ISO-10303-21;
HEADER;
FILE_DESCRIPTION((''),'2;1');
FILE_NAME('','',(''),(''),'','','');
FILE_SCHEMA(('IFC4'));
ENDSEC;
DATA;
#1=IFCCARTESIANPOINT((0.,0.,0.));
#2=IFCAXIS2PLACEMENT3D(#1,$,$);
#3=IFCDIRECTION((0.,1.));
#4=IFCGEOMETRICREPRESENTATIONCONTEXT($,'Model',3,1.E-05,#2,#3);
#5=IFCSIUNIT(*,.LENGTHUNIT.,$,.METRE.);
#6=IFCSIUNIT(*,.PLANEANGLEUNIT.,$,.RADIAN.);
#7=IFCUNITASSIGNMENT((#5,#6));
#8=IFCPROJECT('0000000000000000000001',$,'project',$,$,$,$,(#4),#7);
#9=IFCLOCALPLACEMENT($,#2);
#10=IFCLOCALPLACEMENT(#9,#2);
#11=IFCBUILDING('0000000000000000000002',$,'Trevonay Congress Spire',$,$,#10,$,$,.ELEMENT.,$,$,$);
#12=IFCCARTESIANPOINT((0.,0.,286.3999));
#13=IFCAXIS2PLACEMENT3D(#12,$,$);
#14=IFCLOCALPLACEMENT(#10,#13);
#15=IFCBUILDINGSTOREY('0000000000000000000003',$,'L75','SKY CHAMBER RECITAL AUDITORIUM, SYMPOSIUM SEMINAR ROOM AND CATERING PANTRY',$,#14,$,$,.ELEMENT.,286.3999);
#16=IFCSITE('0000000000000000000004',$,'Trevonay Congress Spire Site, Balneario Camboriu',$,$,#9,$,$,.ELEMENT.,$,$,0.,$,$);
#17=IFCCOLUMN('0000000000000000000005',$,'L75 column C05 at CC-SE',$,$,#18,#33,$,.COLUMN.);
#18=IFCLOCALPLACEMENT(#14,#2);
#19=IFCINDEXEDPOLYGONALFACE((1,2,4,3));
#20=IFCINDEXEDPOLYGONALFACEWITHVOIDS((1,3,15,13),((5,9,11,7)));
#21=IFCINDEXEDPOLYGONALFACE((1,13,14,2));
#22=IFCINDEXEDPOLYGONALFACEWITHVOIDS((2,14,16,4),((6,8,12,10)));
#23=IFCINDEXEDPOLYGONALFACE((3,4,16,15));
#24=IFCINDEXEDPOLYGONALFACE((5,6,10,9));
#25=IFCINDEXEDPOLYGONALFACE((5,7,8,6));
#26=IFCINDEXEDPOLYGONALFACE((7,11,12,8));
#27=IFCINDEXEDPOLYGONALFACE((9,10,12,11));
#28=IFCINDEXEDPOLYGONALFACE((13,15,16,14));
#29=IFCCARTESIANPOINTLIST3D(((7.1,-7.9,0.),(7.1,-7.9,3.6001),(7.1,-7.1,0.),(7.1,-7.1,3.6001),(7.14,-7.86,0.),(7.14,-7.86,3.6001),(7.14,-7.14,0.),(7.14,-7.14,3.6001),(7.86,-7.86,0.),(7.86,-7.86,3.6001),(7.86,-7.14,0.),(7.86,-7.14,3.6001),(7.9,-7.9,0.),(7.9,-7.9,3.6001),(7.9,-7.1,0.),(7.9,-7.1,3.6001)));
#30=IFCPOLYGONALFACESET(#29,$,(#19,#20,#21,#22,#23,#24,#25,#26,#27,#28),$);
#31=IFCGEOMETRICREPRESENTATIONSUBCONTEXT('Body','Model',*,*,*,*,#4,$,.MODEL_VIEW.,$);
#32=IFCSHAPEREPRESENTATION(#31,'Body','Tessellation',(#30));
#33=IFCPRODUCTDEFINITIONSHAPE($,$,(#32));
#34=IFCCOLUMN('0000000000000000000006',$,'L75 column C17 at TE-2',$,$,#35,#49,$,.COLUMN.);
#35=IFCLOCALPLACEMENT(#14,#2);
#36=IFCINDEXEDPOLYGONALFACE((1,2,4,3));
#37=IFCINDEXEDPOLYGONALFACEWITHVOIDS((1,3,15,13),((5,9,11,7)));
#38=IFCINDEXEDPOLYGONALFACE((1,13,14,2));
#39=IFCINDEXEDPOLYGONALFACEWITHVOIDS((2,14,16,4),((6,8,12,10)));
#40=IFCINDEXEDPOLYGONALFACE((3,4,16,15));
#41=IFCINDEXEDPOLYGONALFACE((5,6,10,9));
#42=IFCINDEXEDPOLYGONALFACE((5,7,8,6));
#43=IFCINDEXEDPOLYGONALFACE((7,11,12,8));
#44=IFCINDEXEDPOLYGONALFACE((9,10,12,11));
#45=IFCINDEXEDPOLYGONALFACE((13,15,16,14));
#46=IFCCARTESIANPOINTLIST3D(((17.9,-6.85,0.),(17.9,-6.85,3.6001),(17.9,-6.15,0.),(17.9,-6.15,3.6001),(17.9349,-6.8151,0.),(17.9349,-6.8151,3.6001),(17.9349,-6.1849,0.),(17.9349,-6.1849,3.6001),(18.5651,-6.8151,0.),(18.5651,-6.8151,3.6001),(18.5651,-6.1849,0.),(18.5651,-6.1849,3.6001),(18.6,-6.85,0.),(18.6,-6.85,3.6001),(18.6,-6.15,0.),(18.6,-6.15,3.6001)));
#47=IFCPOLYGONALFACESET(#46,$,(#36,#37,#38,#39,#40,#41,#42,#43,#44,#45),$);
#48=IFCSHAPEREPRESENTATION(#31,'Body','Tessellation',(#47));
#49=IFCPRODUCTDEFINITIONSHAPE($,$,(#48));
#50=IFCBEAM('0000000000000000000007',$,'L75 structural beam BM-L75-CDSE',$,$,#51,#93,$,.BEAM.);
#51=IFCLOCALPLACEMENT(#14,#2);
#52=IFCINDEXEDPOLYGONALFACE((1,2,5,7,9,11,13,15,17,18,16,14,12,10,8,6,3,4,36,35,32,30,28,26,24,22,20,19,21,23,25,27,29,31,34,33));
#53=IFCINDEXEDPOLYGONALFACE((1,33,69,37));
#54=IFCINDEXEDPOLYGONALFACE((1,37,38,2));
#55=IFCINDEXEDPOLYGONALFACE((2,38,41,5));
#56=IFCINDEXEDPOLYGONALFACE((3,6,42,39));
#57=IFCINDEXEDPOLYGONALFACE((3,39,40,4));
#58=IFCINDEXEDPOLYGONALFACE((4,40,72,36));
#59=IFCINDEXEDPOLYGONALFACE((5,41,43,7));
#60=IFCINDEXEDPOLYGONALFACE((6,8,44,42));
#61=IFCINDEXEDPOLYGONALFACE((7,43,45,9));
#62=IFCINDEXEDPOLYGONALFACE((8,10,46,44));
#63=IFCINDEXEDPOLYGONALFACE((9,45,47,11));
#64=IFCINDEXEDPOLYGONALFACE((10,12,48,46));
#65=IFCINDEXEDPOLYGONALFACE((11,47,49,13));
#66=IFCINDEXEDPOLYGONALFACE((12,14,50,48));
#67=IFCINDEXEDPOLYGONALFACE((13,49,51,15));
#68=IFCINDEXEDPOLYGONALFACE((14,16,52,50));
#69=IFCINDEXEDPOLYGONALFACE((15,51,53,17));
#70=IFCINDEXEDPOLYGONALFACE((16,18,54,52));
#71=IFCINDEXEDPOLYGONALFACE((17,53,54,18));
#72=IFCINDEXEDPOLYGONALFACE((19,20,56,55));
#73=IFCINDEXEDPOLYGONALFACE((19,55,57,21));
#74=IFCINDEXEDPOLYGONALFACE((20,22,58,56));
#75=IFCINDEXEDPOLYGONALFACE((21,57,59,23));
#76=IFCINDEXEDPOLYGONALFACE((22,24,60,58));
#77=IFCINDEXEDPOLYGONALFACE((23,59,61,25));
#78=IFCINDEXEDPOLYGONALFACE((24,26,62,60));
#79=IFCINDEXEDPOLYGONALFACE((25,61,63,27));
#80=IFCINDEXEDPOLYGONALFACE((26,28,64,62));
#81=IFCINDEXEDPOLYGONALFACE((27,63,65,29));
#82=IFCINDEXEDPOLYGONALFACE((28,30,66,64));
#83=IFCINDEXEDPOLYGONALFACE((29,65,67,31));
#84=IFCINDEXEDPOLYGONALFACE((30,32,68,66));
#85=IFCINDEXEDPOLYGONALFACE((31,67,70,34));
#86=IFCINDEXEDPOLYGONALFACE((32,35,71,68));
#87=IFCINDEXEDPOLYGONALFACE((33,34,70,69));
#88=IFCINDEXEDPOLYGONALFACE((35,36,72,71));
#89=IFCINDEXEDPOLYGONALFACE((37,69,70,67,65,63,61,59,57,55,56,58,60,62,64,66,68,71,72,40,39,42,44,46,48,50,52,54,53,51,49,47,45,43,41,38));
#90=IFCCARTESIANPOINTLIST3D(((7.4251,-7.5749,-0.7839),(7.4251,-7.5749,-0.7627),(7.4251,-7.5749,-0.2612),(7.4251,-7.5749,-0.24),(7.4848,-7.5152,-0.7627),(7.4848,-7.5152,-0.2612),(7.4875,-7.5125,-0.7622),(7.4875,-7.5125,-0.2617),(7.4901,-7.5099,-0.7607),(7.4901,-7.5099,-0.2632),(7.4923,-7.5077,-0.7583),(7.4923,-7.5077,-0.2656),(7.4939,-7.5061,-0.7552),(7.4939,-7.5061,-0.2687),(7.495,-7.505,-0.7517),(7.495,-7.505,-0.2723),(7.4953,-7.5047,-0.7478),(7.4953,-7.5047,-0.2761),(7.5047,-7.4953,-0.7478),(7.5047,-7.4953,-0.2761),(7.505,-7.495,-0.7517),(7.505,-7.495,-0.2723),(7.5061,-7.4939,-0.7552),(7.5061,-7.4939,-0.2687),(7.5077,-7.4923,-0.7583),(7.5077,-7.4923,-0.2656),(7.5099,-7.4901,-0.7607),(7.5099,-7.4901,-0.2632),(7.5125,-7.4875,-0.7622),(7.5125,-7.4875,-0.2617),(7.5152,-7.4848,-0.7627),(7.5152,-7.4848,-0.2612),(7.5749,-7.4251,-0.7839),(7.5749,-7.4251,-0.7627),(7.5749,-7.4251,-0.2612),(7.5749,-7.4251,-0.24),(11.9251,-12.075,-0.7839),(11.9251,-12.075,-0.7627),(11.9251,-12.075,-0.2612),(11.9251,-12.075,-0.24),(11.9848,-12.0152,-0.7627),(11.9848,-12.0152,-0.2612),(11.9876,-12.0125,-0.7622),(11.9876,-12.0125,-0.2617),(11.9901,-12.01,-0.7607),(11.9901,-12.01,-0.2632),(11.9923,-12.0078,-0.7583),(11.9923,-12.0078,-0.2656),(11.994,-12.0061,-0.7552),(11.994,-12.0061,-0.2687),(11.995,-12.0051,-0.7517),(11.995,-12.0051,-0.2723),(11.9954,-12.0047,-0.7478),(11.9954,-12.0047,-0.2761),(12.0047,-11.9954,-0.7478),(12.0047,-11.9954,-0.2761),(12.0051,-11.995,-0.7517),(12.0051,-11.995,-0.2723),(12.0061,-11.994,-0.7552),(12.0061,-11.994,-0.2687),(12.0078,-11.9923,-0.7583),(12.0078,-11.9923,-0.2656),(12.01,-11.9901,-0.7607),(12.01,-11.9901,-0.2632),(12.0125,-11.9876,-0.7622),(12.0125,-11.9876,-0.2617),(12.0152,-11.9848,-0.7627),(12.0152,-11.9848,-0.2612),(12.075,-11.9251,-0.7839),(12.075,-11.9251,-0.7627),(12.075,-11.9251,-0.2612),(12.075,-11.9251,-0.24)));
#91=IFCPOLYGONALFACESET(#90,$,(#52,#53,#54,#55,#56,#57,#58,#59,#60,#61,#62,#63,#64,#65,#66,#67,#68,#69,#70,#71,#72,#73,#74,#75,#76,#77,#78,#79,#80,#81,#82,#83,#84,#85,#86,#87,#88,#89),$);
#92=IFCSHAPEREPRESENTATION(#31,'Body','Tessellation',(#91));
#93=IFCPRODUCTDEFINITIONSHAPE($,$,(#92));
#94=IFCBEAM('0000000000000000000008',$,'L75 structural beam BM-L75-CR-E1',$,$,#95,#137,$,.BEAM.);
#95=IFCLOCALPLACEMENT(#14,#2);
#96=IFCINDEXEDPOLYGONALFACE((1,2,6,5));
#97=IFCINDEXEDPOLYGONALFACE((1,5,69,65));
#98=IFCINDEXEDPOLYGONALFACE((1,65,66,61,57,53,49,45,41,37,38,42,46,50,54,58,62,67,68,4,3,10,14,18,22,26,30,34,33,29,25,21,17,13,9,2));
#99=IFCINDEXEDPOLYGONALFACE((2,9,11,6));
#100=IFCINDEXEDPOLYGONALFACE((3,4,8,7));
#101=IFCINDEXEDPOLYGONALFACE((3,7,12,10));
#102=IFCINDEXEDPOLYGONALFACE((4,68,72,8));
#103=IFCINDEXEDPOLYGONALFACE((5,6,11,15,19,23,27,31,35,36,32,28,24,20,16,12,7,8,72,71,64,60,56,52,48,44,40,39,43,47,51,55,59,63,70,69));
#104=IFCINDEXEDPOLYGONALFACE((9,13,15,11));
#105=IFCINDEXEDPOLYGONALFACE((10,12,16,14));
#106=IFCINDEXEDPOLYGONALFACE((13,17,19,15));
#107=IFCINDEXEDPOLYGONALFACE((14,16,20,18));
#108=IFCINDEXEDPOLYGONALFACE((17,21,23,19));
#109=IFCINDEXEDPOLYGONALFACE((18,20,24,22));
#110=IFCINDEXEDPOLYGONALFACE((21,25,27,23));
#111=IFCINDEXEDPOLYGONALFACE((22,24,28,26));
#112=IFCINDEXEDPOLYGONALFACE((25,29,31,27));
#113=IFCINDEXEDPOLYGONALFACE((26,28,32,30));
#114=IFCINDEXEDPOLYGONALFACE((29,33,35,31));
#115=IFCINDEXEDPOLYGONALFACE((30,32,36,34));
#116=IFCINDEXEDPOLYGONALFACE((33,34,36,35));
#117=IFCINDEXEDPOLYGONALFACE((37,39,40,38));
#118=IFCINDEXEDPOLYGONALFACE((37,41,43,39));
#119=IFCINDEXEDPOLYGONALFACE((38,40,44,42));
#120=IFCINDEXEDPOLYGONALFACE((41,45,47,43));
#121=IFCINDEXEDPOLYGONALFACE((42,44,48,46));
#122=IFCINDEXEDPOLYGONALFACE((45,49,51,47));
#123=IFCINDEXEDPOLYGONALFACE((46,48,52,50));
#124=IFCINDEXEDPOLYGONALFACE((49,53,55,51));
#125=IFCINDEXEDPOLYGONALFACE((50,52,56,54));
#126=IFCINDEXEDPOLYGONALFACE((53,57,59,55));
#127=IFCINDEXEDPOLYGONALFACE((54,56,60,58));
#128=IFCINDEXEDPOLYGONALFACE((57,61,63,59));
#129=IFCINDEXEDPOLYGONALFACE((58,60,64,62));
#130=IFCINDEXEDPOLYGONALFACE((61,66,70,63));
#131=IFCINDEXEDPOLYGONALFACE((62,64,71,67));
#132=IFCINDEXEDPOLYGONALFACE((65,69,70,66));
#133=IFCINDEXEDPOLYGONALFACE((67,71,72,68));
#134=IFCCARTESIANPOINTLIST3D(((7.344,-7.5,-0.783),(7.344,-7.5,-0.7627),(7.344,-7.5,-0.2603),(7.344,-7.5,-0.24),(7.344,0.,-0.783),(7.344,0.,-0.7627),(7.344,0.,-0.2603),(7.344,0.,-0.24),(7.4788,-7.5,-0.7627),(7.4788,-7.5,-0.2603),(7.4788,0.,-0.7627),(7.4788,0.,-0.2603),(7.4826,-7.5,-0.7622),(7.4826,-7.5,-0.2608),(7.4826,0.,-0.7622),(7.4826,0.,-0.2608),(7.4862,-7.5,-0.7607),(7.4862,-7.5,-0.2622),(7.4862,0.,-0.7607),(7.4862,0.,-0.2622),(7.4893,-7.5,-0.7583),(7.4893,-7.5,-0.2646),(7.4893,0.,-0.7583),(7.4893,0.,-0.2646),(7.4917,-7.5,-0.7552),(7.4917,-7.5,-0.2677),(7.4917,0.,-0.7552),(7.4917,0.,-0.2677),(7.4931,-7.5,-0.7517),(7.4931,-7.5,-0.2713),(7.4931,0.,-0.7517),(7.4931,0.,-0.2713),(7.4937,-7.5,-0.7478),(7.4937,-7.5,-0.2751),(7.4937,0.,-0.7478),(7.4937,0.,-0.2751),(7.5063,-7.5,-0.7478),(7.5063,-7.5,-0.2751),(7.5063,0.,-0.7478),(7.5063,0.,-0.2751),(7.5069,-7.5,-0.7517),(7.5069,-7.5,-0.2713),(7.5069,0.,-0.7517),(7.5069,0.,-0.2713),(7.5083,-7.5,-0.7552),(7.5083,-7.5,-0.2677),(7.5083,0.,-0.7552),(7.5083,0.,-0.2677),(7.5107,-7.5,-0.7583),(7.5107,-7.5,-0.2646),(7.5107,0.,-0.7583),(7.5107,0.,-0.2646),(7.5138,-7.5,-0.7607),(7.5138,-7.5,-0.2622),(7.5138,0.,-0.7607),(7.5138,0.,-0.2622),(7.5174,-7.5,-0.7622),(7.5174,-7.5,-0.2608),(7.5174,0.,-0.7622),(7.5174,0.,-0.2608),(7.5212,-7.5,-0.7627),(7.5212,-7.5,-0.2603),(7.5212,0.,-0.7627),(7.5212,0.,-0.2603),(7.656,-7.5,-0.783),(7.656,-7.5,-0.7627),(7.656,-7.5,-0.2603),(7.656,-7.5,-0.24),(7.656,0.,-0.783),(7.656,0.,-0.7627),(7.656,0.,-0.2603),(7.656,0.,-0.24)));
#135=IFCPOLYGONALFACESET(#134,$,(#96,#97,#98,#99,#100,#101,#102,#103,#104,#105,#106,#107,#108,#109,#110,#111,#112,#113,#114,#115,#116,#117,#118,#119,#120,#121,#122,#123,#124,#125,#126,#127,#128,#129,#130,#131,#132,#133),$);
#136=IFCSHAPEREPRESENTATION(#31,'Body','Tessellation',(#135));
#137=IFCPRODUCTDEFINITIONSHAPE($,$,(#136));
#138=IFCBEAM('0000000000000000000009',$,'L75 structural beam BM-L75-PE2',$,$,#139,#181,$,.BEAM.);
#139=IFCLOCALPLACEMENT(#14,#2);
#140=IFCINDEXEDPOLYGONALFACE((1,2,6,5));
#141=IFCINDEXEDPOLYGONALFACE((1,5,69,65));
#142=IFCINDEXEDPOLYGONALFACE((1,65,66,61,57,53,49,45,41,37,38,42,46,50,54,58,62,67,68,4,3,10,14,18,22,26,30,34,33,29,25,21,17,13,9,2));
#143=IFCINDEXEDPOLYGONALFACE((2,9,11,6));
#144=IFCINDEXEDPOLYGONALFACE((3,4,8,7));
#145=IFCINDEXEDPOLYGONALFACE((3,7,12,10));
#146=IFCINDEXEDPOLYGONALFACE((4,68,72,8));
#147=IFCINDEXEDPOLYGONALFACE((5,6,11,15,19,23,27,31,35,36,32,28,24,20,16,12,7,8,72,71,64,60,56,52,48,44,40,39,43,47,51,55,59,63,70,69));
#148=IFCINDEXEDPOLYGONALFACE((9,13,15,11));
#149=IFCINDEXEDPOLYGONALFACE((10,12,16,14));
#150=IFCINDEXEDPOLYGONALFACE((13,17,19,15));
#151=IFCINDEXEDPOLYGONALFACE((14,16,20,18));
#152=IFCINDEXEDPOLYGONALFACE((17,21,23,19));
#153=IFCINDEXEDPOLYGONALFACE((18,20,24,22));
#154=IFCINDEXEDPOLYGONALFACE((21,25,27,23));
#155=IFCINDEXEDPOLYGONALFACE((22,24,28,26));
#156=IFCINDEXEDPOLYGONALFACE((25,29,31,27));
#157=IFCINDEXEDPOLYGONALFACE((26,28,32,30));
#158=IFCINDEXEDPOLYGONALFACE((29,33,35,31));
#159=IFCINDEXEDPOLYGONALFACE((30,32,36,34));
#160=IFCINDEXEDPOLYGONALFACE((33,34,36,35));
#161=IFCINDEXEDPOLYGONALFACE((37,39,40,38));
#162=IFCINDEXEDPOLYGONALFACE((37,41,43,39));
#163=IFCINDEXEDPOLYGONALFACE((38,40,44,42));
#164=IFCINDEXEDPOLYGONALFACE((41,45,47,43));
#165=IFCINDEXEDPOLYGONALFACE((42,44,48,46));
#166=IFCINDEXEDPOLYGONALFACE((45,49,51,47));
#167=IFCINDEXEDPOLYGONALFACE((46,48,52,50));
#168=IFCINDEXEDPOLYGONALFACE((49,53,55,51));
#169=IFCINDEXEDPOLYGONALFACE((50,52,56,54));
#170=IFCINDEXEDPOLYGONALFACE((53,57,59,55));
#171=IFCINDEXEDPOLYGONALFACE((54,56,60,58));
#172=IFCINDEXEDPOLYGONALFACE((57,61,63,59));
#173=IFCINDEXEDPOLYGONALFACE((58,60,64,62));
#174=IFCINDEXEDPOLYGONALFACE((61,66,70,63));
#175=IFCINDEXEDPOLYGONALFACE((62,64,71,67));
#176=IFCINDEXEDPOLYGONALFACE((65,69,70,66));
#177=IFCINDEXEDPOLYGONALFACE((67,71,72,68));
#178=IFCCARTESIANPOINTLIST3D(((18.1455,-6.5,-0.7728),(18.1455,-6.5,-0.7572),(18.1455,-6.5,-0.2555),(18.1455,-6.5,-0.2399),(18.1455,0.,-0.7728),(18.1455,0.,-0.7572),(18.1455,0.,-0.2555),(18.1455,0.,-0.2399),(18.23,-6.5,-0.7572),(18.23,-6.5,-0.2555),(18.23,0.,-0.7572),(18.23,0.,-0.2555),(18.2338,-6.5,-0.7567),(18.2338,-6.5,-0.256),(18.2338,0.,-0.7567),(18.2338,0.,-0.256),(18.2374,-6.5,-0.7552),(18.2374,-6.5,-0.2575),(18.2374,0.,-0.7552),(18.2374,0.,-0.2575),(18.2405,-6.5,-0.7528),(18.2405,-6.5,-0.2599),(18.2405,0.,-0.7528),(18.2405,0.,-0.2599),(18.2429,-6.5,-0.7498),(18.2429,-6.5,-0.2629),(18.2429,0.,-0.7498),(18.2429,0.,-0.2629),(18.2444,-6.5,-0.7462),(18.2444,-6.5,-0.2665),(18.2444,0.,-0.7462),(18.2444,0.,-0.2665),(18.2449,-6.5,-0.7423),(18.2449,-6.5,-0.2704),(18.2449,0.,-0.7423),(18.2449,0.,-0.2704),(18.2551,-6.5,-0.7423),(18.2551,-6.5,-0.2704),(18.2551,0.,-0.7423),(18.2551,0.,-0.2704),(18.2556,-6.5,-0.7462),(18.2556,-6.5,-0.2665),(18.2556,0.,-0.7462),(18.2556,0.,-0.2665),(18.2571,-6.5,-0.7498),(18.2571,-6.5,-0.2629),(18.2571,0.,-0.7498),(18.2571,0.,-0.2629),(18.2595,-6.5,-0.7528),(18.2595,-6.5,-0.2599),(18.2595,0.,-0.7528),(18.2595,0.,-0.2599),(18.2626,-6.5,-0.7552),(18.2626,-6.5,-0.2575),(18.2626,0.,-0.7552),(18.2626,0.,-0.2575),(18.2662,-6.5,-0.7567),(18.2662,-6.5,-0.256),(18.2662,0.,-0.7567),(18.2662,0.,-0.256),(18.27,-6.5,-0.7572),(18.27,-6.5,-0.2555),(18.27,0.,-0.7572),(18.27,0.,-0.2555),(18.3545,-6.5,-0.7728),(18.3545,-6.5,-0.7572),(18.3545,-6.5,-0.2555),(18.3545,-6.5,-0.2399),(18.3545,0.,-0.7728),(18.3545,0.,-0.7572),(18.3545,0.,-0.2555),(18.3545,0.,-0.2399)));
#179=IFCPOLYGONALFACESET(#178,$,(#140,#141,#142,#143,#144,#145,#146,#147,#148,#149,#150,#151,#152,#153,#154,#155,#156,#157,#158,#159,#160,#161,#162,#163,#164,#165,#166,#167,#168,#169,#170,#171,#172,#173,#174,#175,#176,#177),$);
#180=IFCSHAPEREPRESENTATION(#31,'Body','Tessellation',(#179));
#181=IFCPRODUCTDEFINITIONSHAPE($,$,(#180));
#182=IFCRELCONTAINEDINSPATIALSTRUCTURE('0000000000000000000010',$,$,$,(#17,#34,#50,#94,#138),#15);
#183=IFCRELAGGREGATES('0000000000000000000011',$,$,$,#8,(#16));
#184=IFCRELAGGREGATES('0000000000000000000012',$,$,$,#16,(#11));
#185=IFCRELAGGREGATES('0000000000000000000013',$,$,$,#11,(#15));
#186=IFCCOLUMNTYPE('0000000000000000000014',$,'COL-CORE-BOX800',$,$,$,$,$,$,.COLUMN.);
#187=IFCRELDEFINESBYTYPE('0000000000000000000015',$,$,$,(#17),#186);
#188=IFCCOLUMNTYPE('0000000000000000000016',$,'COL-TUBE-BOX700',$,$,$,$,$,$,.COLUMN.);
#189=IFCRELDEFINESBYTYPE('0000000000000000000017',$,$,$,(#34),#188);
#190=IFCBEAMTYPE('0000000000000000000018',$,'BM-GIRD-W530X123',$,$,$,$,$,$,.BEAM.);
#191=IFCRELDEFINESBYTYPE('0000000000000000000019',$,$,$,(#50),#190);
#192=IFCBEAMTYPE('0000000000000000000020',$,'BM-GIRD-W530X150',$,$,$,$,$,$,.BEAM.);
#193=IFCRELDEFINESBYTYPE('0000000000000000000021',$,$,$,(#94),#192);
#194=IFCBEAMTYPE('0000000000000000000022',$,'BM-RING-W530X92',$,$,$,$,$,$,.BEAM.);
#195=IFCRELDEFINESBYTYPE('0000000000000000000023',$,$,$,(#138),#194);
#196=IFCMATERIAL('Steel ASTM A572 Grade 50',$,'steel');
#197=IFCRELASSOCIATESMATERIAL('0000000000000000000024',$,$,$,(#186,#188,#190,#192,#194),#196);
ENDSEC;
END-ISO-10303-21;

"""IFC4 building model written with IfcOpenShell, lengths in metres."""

from ifc_helpers import new_model, si_unit, direction, frame, origin, origin_2d, place, context, subcontext, project, spatial, hollow_rectangle, i_section, extrude, material, material_profile, profile_set, type_object, element, save


model = new_model("IFC4")

# Units and contexts
model_context = context("Model", 3, precision=1e-05, world=origin(), true_north=direction((0.0, 1.0)))
body_context = subcontext(model_context, "Body", "Model", "MODEL_VIEW")
ifc_project = project(units=[si_unit("LENGTHUNIT", "METRE"), si_unit("PLANEANGLEUNIT", "RADIAN")], contexts=[model_context])

# Site, building, storey
site_placement = place(None, origin())
site = spatial("IfcSite", under=ifc_project, at=site_placement, Name="Trevonay Congress Spire Site, Balneario Camboriu", CompositionType="ELEMENT", RefElevation=0.0)
building_placement = place(site_placement, origin())
building = spatial("IfcBuilding", under=site, at=building_placement, Name="Trevonay Congress Spire", CompositionType="ELEMENT")
storey_placement = place(building_placement, frame((0.0, 0.0, 286.3999)))
storey = spatial("IfcBuildingStorey", under=building, at=storey_placement, Name="L75", Description="SKY CHAMBER RECITAL AUDITORIUM, SYMPOSIUM SEMINAR ROOM AND CATERING PANTRY", CompositionType="ELEMENT", Elevation=286.3999)

# Columns
ifc_material_1 = material(Name="Steel ASTM A572 Grade 50", Category="steel")
ifc_material_profile_1 = material_profile(ifc_material_1, hollow_rectangle(XDim=0.8, YDim=0.8, WallThickness=0.04, at=origin_2d()), Name="BOX 800x800x40")
ifc_profile_set_1 = profile_set([ifc_material_profile_1], Name="Steel ASTM A572 Grade 50")
column_type_1 = type_object("IfcColumnType", Name="COL-CORE-BOX800", PredefinedType="COLUMN", material=ifc_profile_set_1)
column_1_placement = place(storey_placement, frame((7.5, -7.5, 0.0), z_axis=(0.0, 0.0, 1.0), x_axis=(1.0, 0.0, 0.0)))
element("IfcColumn", 1, at=column_1_placement, inside=storey, type_object=column_type_1, Name="L75 column C05 at CC-SE", PredefinedType="COLUMN", context=body_context, shape_type="SweptSolid", body=[
    extrude(hollow_rectangle(XDim=0.8, YDim=0.8, WallThickness=0.04, at=origin_2d()), origin(), (0.0, 0.0, 1.0), 3.6001),
])
ifc_material_profile_2 = material_profile(ifc_material_1, hollow_rectangle(XDim=0.7, YDim=0.7, WallThickness=0.0349, at=origin_2d()), Name="BOX 700x700x35")
ifc_profile_set_2 = profile_set([ifc_material_profile_2], Name="Steel ASTM A572 Grade 50")
column_type_2 = type_object("IfcColumnType", Name="COL-TUBE-BOX700", PredefinedType="COLUMN", material=ifc_profile_set_2)
column_2_placement = place(storey_placement, frame((18.25, -6.5, 0.0), z_axis=(0.0, 0.0, 1.0), x_axis=(1.0, 0.0, 0.0)))
element("IfcColumn", 2, at=column_2_placement, inside=storey, type_object=column_type_2, Name="L75 column C17 at TE-2", PredefinedType="COLUMN", context=body_context, shape_type="SweptSolid", body=[
    extrude(hollow_rectangle(XDim=0.7, YDim=0.7, WallThickness=0.0349, at=origin_2d()), origin(), (0.0, 0.0, 1.0), 3.6001),
])

# Beams
ifc_material_profile_3 = material_profile(ifc_material_1, i_section(OverallWidth=0.2119, OverallDepth=0.5439, WebThickness=0.0132, FlangeThickness=0.0212, FilletRadius=0.0149, at=origin_2d()), Name="W530x123")
ifc_profile_set_3 = profile_set([ifc_material_profile_3], Name="Steel ASTM A572 Grade 50")
beam_type_1 = type_object("IfcBeamType", Name="BM-GIRD-W530X123", PredefinedType="BEAM", material=ifc_profile_set_3)
beam_1_placement = place(storey_placement, frame((7.5, -7.5, -0.512), z_axis=(0.707107, -0.707107, 0.0), x_axis=(0.707107, 0.707107, 0.0)))
element("IfcBeam", 3, at=beam_1_placement, inside=storey, type_object=beam_type_1, Name="L75 structural beam BM-L75-CDSE", PredefinedType="BEAM", context=body_context, shape_type="SweptSolid", body=[
    extrude(i_section(OverallWidth=0.2119, OverallDepth=0.5439, WebThickness=0.0132, FlangeThickness=0.0212, FilletRadius=0.0149, at=origin_2d()), origin(), (0.0, 0.0, 1.0), 6.364),
])
ifc_material_profile_4 = material_profile(ifc_material_1, i_section(OverallWidth=0.312, OverallDepth=0.543, WebThickness=0.0127, FlangeThickness=0.0203, FilletRadius=0.0149, at=origin_2d()), Name="W530x150")
ifc_profile_set_4 = profile_set([ifc_material_profile_4], Name="Steel ASTM A572 Grade 50")
beam_type_2 = type_object("IfcBeamType", Name="BM-GIRD-W530X150", PredefinedType="BEAM", material=ifc_profile_set_4)
beam_2_placement = place(storey_placement, frame((7.5, -7.5, -0.5115), z_axis=(0.0, 1.0, 0.0), x_axis=(-1.0, 0.0, 0.0)))
element("IfcBeam", 4, at=beam_2_placement, inside=storey, type_object=beam_type_2, Name="L75 structural beam BM-L75-CR-E1", PredefinedType="BEAM", context=body_context, shape_type="SweptSolid", body=[
    extrude(i_section(OverallWidth=0.312, OverallDepth=0.543, WebThickness=0.0127, FlangeThickness=0.0203, FilletRadius=0.0149, at=origin_2d()), origin(), (0.0, 0.0, 1.0), 7.5),
])
ifc_material_profile_5 = material_profile(ifc_material_1, i_section(OverallWidth=0.209, OverallDepth=0.533, WebThickness=0.0103, FlangeThickness=0.0156, FilletRadius=0.0149, at=origin_2d()), Name="W530x92")
ifc_profile_set_5 = profile_set([ifc_material_profile_5], Name="Steel ASTM A572 Grade 50")
beam_type_3 = type_object("IfcBeamType", Name="BM-RING-W530X92", PredefinedType="BEAM", material=ifc_profile_set_5)
beam_3_placement = place(storey_placement, frame((18.25, -6.5, -0.5063), z_axis=(0.0, 1.0, 0.0), x_axis=(-1.0, 0.0, 0.0)))
element("IfcBeam", 5, at=beam_3_placement, inside=storey, type_object=beam_type_3, Name="L75 structural beam BM-L75-PE2", PredefinedType="BEAM", context=body_context, shape_type="SweptSolid", body=[
    extrude(i_section(OverallWidth=0.209, OverallDepth=0.533, WebThickness=0.0103, FlangeThickness=0.0156, FilletRadius=0.0149, at=origin_2d()), origin(), (0.0, 0.0, 1.0), 6.5),
])

save(model, "model.ifc")
